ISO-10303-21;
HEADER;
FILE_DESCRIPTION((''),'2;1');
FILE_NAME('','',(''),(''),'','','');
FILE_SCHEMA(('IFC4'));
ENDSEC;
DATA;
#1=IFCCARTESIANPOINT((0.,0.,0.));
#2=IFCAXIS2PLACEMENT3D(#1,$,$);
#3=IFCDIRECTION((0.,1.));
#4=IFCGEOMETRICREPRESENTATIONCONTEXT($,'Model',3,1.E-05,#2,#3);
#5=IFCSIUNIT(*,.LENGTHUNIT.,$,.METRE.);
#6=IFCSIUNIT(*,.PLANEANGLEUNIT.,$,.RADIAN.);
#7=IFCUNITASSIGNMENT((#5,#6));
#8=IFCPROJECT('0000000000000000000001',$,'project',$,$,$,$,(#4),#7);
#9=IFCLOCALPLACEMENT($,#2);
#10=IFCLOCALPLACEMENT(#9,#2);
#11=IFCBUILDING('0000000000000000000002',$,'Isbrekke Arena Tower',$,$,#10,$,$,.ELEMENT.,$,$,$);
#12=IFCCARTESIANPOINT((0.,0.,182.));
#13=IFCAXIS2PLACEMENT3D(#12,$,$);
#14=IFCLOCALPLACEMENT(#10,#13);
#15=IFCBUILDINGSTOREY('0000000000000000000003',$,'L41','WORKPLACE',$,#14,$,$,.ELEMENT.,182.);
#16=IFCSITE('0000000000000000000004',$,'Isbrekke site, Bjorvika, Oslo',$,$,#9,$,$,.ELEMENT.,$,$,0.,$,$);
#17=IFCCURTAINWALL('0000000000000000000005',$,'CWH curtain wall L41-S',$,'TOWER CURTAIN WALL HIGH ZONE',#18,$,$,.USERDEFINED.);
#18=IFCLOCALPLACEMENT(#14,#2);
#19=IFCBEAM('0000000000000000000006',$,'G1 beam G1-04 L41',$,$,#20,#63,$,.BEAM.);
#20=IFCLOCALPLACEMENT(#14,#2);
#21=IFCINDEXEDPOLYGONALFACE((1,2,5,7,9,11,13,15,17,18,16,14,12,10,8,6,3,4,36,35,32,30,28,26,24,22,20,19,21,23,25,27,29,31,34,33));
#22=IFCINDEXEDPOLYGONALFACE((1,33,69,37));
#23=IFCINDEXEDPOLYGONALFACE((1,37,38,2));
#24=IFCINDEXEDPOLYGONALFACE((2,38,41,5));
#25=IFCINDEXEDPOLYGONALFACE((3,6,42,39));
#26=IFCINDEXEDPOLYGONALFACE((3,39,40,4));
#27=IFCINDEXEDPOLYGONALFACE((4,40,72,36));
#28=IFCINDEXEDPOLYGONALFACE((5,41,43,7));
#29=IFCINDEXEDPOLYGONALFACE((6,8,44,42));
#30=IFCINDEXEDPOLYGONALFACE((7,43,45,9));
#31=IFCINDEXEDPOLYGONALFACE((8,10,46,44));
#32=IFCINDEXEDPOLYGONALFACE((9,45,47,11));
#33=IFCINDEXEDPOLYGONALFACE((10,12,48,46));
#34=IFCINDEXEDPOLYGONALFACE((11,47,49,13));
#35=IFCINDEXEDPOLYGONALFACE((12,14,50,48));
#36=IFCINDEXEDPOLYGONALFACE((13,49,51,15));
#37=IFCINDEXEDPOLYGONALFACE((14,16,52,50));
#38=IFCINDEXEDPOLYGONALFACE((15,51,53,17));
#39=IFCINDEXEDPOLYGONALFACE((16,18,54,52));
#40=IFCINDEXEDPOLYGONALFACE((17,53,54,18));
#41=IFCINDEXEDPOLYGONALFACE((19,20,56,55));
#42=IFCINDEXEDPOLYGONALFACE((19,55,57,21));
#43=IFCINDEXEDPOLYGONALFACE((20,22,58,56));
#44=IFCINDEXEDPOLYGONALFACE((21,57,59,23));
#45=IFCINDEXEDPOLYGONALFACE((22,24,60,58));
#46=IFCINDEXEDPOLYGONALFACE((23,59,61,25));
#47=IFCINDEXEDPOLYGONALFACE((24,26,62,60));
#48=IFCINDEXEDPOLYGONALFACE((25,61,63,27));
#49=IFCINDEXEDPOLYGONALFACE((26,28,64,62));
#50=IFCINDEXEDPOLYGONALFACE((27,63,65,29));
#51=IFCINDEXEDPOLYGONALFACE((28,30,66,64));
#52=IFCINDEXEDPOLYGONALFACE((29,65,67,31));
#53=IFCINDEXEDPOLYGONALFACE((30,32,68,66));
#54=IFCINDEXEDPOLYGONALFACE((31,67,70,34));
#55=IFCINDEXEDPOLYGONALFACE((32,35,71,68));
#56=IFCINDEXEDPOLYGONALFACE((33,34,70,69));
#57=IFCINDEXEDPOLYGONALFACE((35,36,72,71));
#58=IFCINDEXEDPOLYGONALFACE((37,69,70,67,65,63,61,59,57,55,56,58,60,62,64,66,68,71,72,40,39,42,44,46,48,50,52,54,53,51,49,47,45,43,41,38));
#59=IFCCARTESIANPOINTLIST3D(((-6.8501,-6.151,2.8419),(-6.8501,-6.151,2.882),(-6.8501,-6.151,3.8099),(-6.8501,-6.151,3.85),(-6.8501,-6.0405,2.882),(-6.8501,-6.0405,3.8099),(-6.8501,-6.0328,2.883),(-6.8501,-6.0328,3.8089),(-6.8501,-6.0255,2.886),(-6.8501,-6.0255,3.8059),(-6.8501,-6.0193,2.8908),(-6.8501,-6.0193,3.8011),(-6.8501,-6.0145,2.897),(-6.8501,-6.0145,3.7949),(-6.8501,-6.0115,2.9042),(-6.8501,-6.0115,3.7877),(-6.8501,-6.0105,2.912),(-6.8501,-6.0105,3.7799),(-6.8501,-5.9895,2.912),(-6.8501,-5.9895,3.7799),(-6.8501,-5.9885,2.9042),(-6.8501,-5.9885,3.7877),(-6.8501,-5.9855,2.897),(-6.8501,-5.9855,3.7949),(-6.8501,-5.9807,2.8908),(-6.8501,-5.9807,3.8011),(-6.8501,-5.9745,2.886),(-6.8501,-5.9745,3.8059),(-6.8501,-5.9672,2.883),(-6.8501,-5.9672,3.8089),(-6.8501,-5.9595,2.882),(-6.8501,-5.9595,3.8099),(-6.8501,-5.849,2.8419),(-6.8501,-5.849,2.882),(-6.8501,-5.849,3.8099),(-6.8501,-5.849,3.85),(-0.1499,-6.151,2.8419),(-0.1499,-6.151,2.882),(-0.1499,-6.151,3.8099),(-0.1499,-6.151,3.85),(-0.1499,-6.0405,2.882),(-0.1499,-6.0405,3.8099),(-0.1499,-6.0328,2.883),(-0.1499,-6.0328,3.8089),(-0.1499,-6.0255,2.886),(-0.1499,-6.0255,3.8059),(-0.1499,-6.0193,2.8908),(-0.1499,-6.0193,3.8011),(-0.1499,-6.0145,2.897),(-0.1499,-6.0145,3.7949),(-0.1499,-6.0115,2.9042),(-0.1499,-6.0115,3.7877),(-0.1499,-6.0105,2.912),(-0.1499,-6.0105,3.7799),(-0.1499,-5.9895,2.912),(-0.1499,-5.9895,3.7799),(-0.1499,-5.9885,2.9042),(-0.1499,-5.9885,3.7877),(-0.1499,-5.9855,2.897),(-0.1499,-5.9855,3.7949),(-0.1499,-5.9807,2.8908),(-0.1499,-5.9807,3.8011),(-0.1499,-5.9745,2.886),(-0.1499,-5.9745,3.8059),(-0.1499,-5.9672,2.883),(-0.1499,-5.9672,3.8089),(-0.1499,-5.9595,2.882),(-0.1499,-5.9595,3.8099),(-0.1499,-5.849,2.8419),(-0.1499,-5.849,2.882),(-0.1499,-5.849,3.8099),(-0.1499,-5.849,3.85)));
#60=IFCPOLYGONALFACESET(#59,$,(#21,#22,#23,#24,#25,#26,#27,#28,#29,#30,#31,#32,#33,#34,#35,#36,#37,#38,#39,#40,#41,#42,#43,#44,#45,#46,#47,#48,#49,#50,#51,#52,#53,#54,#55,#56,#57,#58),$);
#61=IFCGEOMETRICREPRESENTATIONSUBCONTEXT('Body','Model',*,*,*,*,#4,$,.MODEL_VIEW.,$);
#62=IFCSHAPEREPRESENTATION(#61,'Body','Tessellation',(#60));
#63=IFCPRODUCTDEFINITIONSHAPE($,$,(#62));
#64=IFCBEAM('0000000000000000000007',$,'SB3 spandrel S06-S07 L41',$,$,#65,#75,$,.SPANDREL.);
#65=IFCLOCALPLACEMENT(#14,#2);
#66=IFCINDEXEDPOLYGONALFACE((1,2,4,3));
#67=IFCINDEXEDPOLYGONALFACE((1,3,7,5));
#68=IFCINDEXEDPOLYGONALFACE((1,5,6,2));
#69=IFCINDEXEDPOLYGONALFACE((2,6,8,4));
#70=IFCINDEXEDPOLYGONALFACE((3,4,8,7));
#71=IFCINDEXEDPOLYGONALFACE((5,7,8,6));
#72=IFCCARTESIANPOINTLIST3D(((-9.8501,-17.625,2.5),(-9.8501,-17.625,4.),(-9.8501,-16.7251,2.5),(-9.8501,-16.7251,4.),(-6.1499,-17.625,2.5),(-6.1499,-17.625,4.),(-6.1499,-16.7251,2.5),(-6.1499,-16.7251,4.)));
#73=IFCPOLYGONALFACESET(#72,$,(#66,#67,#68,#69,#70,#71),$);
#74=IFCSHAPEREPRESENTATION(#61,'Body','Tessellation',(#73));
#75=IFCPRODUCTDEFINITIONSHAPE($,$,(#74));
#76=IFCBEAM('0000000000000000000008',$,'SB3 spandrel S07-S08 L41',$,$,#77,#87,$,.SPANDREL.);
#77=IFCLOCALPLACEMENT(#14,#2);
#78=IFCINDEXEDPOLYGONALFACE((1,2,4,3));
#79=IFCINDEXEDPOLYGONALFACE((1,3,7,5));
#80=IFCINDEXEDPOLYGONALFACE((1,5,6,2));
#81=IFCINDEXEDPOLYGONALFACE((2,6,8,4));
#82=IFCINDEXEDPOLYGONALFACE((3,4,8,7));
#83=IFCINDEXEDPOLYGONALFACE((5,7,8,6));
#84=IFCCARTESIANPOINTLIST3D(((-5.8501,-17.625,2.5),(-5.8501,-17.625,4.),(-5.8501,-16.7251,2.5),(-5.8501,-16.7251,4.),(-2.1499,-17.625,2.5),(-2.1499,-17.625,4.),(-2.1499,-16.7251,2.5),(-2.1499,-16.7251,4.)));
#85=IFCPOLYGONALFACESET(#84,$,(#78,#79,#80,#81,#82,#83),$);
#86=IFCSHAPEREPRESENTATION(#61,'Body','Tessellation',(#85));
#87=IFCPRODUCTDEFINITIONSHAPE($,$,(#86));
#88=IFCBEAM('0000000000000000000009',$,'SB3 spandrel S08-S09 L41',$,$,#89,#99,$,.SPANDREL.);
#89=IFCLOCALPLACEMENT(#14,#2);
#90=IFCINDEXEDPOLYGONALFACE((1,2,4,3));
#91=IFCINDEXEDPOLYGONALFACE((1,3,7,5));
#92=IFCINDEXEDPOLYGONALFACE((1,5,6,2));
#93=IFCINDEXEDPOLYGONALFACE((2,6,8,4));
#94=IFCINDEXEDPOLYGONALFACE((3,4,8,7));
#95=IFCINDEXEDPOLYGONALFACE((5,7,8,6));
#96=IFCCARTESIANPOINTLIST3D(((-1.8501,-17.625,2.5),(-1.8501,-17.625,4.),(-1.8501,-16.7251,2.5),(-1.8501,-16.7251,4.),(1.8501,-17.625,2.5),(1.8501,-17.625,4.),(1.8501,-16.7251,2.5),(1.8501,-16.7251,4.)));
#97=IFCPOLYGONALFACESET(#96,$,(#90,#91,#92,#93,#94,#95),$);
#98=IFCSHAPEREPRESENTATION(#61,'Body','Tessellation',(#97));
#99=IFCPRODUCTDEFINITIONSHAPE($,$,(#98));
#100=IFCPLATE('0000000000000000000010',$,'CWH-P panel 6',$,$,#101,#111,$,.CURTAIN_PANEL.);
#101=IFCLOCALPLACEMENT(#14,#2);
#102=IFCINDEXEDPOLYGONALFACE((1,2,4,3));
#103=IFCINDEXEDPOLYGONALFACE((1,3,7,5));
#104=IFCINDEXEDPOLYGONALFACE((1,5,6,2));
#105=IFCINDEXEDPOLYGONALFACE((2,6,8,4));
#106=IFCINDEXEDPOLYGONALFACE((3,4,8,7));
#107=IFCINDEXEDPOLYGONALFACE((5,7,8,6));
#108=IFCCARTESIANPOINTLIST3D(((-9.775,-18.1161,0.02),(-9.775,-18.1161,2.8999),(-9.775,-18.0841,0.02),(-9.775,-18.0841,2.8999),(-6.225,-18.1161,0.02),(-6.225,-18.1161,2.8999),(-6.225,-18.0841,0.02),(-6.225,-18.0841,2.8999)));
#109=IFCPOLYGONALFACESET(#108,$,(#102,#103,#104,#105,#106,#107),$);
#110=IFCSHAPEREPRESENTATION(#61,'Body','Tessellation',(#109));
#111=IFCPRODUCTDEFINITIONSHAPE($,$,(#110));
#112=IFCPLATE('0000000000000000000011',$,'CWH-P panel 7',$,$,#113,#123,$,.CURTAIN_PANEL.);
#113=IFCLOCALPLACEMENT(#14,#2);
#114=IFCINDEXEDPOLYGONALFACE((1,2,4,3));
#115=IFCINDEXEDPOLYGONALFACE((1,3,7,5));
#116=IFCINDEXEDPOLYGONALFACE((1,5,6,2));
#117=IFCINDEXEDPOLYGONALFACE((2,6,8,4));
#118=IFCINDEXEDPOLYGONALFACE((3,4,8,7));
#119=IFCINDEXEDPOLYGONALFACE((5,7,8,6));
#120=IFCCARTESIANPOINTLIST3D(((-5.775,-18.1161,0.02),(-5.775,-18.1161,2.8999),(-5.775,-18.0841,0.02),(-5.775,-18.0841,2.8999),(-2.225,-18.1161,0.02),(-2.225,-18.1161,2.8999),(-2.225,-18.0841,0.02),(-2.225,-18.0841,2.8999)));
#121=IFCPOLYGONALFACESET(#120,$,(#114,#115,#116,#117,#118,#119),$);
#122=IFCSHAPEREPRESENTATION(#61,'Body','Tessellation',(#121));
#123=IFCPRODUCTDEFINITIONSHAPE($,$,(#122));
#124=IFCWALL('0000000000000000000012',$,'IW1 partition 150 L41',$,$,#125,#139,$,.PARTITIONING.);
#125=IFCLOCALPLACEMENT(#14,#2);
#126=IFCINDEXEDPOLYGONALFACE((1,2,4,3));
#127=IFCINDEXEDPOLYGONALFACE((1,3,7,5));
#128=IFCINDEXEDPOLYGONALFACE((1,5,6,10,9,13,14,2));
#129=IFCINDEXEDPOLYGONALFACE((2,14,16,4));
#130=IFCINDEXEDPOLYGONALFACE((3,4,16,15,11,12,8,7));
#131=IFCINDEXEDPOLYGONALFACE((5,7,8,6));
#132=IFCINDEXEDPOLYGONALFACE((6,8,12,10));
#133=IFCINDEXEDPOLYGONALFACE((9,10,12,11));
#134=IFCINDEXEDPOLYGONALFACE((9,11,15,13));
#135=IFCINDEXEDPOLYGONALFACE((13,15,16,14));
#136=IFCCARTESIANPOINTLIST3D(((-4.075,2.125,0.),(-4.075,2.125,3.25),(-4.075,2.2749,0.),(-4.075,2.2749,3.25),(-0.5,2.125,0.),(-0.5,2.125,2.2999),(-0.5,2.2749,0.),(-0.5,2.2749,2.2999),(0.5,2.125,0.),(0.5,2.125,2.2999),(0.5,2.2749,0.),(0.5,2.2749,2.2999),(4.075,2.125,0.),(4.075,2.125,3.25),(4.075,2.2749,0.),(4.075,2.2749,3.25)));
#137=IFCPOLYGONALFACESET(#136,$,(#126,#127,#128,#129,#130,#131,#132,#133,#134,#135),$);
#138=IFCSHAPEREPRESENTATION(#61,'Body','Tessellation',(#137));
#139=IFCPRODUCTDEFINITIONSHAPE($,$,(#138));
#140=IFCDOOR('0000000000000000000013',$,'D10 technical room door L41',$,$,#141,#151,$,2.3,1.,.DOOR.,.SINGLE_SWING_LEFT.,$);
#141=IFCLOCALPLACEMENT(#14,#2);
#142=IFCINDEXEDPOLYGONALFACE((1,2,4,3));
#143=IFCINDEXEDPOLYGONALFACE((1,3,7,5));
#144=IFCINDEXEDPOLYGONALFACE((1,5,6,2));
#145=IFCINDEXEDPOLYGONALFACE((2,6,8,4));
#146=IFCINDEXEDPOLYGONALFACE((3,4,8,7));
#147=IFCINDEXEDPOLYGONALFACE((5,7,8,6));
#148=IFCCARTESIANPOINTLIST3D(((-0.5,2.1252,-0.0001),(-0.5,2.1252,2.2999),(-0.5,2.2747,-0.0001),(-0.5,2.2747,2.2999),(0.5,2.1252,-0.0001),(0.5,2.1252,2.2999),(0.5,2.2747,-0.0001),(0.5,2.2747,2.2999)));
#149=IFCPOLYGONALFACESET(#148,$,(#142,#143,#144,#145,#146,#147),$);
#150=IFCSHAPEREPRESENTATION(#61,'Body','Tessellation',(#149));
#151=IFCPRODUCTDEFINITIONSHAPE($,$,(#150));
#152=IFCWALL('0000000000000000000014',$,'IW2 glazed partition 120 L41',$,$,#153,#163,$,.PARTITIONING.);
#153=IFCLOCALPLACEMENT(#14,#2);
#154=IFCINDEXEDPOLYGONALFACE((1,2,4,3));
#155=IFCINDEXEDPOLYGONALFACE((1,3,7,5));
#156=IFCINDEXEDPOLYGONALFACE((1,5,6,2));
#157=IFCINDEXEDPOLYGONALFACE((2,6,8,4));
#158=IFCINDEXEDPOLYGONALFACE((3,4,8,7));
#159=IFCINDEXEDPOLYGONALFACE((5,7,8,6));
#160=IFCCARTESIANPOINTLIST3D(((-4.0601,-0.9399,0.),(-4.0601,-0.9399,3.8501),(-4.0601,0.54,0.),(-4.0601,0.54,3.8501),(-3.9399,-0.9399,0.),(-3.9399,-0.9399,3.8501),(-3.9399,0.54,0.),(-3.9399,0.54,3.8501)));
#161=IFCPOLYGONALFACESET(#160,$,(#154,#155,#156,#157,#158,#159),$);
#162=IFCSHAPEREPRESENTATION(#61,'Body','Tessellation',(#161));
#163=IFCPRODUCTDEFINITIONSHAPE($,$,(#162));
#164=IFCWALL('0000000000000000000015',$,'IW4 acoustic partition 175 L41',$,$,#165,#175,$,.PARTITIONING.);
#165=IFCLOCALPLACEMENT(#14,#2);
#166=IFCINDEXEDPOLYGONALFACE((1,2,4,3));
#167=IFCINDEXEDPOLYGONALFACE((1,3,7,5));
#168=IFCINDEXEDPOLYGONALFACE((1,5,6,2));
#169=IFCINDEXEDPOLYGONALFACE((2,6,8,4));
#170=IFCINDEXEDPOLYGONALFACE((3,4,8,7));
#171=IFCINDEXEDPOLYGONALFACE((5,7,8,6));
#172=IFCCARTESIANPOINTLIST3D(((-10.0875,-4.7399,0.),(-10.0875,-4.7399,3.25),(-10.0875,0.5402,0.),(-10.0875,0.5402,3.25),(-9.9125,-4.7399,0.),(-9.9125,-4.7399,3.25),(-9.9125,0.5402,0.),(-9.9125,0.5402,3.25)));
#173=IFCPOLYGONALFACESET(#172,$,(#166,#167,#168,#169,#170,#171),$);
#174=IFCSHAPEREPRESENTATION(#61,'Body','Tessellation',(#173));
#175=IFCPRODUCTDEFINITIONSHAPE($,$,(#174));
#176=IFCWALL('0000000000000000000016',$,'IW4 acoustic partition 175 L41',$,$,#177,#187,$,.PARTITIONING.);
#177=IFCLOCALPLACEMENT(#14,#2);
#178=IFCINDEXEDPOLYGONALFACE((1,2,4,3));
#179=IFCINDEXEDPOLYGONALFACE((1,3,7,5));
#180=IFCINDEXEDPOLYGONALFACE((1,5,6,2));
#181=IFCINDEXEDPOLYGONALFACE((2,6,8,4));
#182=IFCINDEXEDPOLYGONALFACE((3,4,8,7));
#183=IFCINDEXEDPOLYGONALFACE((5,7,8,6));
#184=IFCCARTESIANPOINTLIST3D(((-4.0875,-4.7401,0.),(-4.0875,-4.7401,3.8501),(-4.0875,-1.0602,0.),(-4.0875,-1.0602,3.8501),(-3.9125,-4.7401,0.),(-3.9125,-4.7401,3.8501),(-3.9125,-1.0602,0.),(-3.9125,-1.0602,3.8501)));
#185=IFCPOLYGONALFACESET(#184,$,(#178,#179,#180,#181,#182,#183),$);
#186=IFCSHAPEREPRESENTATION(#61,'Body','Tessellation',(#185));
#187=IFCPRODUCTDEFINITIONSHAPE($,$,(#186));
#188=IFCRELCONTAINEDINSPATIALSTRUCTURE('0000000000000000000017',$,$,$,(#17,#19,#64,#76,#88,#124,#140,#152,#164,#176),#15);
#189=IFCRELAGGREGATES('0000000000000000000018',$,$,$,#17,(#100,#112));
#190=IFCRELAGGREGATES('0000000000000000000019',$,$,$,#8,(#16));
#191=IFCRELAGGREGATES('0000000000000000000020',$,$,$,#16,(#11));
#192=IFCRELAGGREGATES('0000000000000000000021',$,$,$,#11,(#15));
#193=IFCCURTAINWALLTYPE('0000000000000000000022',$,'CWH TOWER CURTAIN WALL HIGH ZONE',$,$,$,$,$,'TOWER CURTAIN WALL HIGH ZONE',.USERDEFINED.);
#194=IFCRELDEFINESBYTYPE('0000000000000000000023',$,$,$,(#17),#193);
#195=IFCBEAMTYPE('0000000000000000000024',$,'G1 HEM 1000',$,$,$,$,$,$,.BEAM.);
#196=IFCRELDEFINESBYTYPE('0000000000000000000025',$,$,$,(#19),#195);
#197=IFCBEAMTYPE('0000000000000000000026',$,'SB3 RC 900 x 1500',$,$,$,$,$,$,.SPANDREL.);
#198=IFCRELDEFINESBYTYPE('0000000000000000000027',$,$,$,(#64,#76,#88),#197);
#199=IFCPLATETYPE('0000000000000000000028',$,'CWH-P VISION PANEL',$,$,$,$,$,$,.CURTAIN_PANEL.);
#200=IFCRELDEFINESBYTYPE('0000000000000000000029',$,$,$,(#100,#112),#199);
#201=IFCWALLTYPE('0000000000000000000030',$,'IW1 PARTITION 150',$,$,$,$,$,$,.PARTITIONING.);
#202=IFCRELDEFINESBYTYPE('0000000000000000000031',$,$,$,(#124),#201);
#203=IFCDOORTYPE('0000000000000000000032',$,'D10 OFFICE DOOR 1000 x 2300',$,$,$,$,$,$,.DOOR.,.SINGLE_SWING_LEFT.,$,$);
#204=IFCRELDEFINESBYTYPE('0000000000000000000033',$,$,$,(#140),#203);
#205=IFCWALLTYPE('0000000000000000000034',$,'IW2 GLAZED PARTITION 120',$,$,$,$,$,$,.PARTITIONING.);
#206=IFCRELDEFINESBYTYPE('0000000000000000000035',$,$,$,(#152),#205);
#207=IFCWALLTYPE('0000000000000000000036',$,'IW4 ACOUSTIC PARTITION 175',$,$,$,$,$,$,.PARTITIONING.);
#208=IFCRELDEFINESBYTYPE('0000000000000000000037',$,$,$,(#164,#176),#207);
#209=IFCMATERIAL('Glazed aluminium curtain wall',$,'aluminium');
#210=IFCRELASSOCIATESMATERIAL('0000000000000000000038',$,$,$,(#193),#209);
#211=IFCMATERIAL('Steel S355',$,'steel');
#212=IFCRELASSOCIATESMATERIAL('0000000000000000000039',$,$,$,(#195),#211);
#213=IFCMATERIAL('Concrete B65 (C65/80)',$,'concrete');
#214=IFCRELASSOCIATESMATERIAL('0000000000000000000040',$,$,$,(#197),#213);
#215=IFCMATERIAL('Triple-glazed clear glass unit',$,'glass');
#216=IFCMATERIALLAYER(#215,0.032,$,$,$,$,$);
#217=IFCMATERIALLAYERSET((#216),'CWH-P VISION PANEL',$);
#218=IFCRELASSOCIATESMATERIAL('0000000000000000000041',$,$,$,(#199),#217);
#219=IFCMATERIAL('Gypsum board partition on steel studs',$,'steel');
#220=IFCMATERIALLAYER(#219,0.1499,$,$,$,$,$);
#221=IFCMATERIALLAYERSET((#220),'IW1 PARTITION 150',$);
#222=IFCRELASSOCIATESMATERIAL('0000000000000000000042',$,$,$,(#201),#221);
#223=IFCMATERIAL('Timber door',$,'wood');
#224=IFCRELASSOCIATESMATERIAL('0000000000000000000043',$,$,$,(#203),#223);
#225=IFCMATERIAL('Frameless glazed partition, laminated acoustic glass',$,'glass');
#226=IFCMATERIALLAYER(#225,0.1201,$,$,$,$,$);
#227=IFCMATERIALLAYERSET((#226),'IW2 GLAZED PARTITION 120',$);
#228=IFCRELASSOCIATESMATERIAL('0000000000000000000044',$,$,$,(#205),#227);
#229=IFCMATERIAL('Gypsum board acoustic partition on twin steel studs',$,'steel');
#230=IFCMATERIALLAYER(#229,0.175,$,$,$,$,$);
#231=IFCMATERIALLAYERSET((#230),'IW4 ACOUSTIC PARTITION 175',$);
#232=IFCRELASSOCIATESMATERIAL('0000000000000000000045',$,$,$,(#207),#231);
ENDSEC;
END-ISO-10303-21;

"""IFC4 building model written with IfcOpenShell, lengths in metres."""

from ifc_helpers import new_model, si_unit, direction, frame, frame_2d, origin, origin_2d, place, context, subcontext, project, spatial, rectangle, i_section, extrude, material, layer, layer_set, material_profile, profile_set, type_object, element, fill, aggregate, save


model = new_model("IFC4")

# Units and contexts
model_context = context("Model", 3, precision=1e-05, world=origin(), true_north=direction((0.0, 1.0)))
body_context = subcontext(model_context, "Body", "Model", "MODEL_VIEW")
ifc_project = project(units=[si_unit("LENGTHUNIT", "METRE"), si_unit("PLANEANGLEUNIT", "RADIAN")], contexts=[model_context])

# Site, building, storey
site_placement = place(None, origin())
site = spatial("IfcSite", under=ifc_project, at=site_placement, Name="Isbrekke site, Bjorvika, Oslo", CompositionType="ELEMENT", RefElevation=0.0)
building_placement = place(site_placement, origin())
building = spatial("IfcBuilding", under=site, at=building_placement, Name="Isbrekke Arena Tower", CompositionType="ELEMENT")
storey_placement = place(building_placement, frame((0.0, 0.0, 182.0)))
storey = spatial("IfcBuildingStorey", under=building, at=storey_placement, Name="L41", Description="WORKPLACE", CompositionType="ELEMENT", Elevation=182.0)

# Curtain wall
ifc_material_1 = material(Name="Glazed aluminium curtain wall", Category="aluminium")
curtain_wall_type = type_object("IfcCurtainWallType", Name="CWH TOWER CURTAIN WALL HIGH ZONE", ElementType="TOWER CURTAIN WALL HIGH ZONE", PredefinedType="USERDEFINED", material=ifc_material_1)
curtain_wall_placement = place(storey_placement, origin())
curtain_wall = element("IfcCurtainWall", 1, at=curtain_wall_placement, inside=storey, type_object=curtain_wall_type, Name="CWH curtain wall L41-S", ObjectType="TOWER CURTAIN WALL HIGH ZONE", PredefinedType="USERDEFINED")

# Beams
ifc_material_2 = material(Name="Steel S355", Category="steel")
ifc_material_profile_1 = material_profile(ifc_material_2, i_section(OverallWidth=0.302, OverallDepth=1.0081, WebThickness=0.021, FlangeThickness=0.04, FilletRadius=0.03, at=origin_2d()), Name="HEM 1000")
ifc_profile_set_1 = profile_set([ifc_material_profile_1], Name="Steel S355")
beam_type_1 = type_object("IfcBeamType", Name="G1 HEM 1000", PredefinedType="BEAM", material=ifc_profile_set_1)
beam_1_placement = place(storey_placement, frame((-6.8501, -6.0, 3.3459), z_axis=(1.0, 0.0, 0.0), x_axis=(0.0, 1.0, 0.0)))
element("IfcBeam", 2, at=beam_1_placement, inside=storey, type_object=beam_type_1, Name="G1 beam G1-04 L41", PredefinedType="BEAM", context=body_context, shape_type="SweptSolid", body=[
    extrude(i_section(OverallWidth=0.302, OverallDepth=1.0081, WebThickness=0.021, FlangeThickness=0.04, FilletRadius=0.03, at=origin_2d()), origin(), (0.0, 0.0, 1.0), 6.7002),
])
ifc_material_3 = material(Name="Concrete B65 (C65/80)", Category="concrete")
ifc_material_profile_2 = material_profile(ifc_material_3, rectangle(XDim=0.8999, YDim=1.5, at=origin_2d()), Name="RC 900x1500")
ifc_profile_set_2 = profile_set([ifc_material_profile_2], Name="Concrete B65 (C65/80)")
beam_type_2 = type_object("IfcBeamType", Name="SB3 RC 900 x 1500", PredefinedType="SPANDREL", material=ifc_profile_set_2)
for number, where, z_axis, x_axis, name in (
    (3, (-9.8501, -17.175, 3.25), (1.0, 0.0, 0.0), (0.0, 1.0, 0.0), "SB3 spandrel S06-S07 L41"),
    (4, (-5.8501, -17.175, 3.25), (1.0, 0.0, 0.0), (0.0, 1.0, 0.0), "SB3 spandrel S07-S08 L41"),
    (5, (-1.8501, -17.175, 3.25), (1.0, 0.0, 0.0), (0.0, 1.0, 0.0), "SB3 spandrel S08-S09 L41"),
):
    element("IfcBeam", number, at=place(storey_placement, frame(where, z_axis=z_axis, x_axis=x_axis)), inside=storey, type_object=beam_type_2, Name=name, PredefinedType="SPANDREL", context=body_context, shape_type="SweptSolid", body=[
        extrude(rectangle(XDim=0.8999, YDim=1.5, at=origin_2d()), origin(), (0.0, 0.0, 1.0), 3.7002),
    ])

# Plates
ifc_material_4 = material(Name="Triple-glazed clear glass unit", Category="glass")
ifc_layer_1 = layer(ifc_material_4, 0.032)
ifc_layer_set_1 = layer_set([ifc_layer_1], Name="CWH-P VISION PANEL")
plate_type = type_object("IfcPlateType", Name="CWH-P VISION PANEL", PredefinedType="CURTAIN_PANEL", material=ifc_layer_set_1)
plate_1_placement = place(storey_placement, frame((-8.0, -18.1001, 0.02), z_axis=(0.0, 0.0, 1.0), x_axis=(1.0, 0.0, 0.0)))
plate_1 = element("IfcPlate", 6, at=plate_1_placement, type_object=plate_type, Name="CWH-P panel 6", PredefinedType="CURTAIN_PANEL", context=body_context, shape_type="SweptSolid", body=[
    extrude(rectangle(XDim=3.55, YDim=0.032, at=origin_2d()), origin(), (0.0, 0.0, 1.0), 2.8799),
])
plate_2_placement = place(storey_placement, frame((-4.0, -18.1001, 0.02), z_axis=(0.0, 0.0, 1.0), x_axis=(1.0, 0.0, 0.0)))
plate_2 = element("IfcPlate", 7, at=plate_2_placement, type_object=plate_type, Name="CWH-P panel 7", PredefinedType="CURTAIN_PANEL", context=body_context, shape_type="SweptSolid", body=[
    extrude(rectangle(XDim=3.55, YDim=0.032, at=origin_2d()), origin(), (0.0, 0.0, 1.0), 2.8799),
])
aggregate(curtain_wall, [plate_1, plate_2])

# Wall, opening, door
ifc_material_5 = material(Name="Gypsum board partition on steel studs", Category="steel")
ifc_layer_2 = layer(ifc_material_5, 0.1499)
ifc_layer_set_2 = layer_set([ifc_layer_2], Name="IW1 PARTITION 150")
wall_type_1 = type_object("IfcWallType", Name="IW1 PARTITION 150", PredefinedType="PARTITIONING", material=ifc_layer_set_2)
wall_1_placement = place(storey_placement, frame((-4.075, 2.2, 0.0), z_axis=(0.0, 0.0, 1.0), x_axis=(1.0, 0.0, 0.0)))
wall_1 = element("IfcWall", 8, at=wall_1_placement, inside=storey, type_object=wall_type_1, Name="IW1 partition 150 L41", PredefinedType="PARTITIONING", context=body_context, shape_type="SweptSolid", body=[
    extrude(rectangle(XDim=8.1499, YDim=0.1499, at=frame_2d((4.075, 0.0))), origin(), (0.0, 0.0, 1.0), 3.25),
])
opening_1_placement = place(wall_1_placement, frame((3.575, 0.0, 0.0)))
opening_1 = element("IfcOpeningElement", 9, at=opening_1_placement, cuts=wall_1, PredefinedType="OPENING", context=body_context, shape_type="SweptSolid", body=[
    extrude(rectangle(XDim=1.0, YDim=2.3, at=frame_2d((0.5, 1.1499))), frame((0.0, 0.0898, 0.0), z_axis=(0.0, -1.0, 0.0), x_axis=(1.0, 0.0, 0.0)), (0.0, 0.0, 1.0), 0.1797),
])
ifc_material_6 = material(Name="Timber door", Category="wood")
door_type_1 = type_object("IfcDoorType", Name="D10 OFFICE DOOR 1000 x 2300", OperationType="SINGLE_SWING_LEFT", PredefinedType="DOOR", material=ifc_material_6)
door_1_placement = place(opening_1_placement, origin())
door_1 = element("IfcDoor", 10, at=door_1_placement, inside=storey, type_object=door_type_1, Name="D10 technical room door L41", OperationType="SINGLE_SWING_LEFT", OverallHeight=2.3, OverallWidth=1.0, PredefinedType="DOOR", context=body_context, shape_type="SweptSolid", body=[
    extrude(rectangle(XDim=1.0, YDim=2.3, at=frame_2d((0.5, 1.1499))), frame((0.0, 0.0747, 0.0), z_axis=(0.0, -1.0, 0.0), x_axis=(1.0, 0.0, 0.0)), (0.0, 0.0, 1.0), 0.1494),
])
fill(opening_1, door_1)

# Shared definitions
ifc_material_7 = material(Name="Frameless glazed partition, laminated acoustic glass", Category="glass")
ifc_layer_3 = layer(ifc_material_7, 0.1201)
ifc_layer_set_3 = layer_set([ifc_layer_3], Name="IW2 GLAZED PARTITION 120")
wall_type_2 = type_object("IfcWallType", Name="IW2 GLAZED PARTITION 120", PredefinedType="PARTITIONING", material=ifc_layer_set_3)

# Walls
wall_2_placement = place(storey_placement, frame((-4.0, -0.9399, 0.0), z_axis=(0.0, 0.0, 1.0), x_axis=(0.0, 1.0, 0.0)))
element("IfcWall", 11, at=wall_2_placement, inside=storey, type_object=wall_type_2, Name="IW2 glazed partition 120 L41", PredefinedType="PARTITIONING", context=body_context, shape_type="SweptSolid", body=[
    extrude(rectangle(XDim=1.48, YDim=0.1201, at=frame_2d((0.74, 0.0))), origin(), (0.0, 0.0, 1.0), 3.8501),
])
ifc_material_8 = material(Name="Gypsum board acoustic partition on twin steel studs", Category="steel")
ifc_layer_4 = layer(ifc_material_8, 0.175)
ifc_layer_set_4 = layer_set([ifc_layer_4], Name="IW4 ACOUSTIC PARTITION 175")
wall_type_3 = type_object("IfcWallType", Name="IW4 ACOUSTIC PARTITION 175", PredefinedType="PARTITIONING", material=ifc_layer_set_4)
wall_3_placement = place(storey_placement, frame((-10.0, -4.74, 0.0), z_axis=(0.0, 0.0, 1.0), x_axis=(0.0, 1.0, 0.0)))
element("IfcWall", 12, at=wall_3_placement, inside=storey, type_object=wall_type_3, Name="IW4 acoustic partition 175 L41", PredefinedType="PARTITIONING", context=body_context, shape_type="SweptSolid", body=[
    extrude(rectangle(XDim=5.28, YDim=0.175, at=frame_2d((2.6401, 0.0))), origin(), (0.0, 0.0, 1.0), 3.25),
])
wall_4_placement = place(storey_placement, frame((-4.0, -4.74, 0.0), z_axis=(0.0, 0.0, 1.0), x_axis=(0.0, 1.0, 0.0)))
element("IfcWall", 13, at=wall_4_placement, inside=storey, type_object=wall_type_3, Name="IW4 acoustic partition 175 L41", PredefinedType="PARTITIONING", context=body_context, shape_type="SweptSolid", body=[
    extrude(rectangle(XDim=3.6799, YDim=0.175, at=frame_2d((1.8398, 0.0))), origin(), (0.0, 0.0, 1.0), 3.8501),
])

save(model, "model.ifc")
